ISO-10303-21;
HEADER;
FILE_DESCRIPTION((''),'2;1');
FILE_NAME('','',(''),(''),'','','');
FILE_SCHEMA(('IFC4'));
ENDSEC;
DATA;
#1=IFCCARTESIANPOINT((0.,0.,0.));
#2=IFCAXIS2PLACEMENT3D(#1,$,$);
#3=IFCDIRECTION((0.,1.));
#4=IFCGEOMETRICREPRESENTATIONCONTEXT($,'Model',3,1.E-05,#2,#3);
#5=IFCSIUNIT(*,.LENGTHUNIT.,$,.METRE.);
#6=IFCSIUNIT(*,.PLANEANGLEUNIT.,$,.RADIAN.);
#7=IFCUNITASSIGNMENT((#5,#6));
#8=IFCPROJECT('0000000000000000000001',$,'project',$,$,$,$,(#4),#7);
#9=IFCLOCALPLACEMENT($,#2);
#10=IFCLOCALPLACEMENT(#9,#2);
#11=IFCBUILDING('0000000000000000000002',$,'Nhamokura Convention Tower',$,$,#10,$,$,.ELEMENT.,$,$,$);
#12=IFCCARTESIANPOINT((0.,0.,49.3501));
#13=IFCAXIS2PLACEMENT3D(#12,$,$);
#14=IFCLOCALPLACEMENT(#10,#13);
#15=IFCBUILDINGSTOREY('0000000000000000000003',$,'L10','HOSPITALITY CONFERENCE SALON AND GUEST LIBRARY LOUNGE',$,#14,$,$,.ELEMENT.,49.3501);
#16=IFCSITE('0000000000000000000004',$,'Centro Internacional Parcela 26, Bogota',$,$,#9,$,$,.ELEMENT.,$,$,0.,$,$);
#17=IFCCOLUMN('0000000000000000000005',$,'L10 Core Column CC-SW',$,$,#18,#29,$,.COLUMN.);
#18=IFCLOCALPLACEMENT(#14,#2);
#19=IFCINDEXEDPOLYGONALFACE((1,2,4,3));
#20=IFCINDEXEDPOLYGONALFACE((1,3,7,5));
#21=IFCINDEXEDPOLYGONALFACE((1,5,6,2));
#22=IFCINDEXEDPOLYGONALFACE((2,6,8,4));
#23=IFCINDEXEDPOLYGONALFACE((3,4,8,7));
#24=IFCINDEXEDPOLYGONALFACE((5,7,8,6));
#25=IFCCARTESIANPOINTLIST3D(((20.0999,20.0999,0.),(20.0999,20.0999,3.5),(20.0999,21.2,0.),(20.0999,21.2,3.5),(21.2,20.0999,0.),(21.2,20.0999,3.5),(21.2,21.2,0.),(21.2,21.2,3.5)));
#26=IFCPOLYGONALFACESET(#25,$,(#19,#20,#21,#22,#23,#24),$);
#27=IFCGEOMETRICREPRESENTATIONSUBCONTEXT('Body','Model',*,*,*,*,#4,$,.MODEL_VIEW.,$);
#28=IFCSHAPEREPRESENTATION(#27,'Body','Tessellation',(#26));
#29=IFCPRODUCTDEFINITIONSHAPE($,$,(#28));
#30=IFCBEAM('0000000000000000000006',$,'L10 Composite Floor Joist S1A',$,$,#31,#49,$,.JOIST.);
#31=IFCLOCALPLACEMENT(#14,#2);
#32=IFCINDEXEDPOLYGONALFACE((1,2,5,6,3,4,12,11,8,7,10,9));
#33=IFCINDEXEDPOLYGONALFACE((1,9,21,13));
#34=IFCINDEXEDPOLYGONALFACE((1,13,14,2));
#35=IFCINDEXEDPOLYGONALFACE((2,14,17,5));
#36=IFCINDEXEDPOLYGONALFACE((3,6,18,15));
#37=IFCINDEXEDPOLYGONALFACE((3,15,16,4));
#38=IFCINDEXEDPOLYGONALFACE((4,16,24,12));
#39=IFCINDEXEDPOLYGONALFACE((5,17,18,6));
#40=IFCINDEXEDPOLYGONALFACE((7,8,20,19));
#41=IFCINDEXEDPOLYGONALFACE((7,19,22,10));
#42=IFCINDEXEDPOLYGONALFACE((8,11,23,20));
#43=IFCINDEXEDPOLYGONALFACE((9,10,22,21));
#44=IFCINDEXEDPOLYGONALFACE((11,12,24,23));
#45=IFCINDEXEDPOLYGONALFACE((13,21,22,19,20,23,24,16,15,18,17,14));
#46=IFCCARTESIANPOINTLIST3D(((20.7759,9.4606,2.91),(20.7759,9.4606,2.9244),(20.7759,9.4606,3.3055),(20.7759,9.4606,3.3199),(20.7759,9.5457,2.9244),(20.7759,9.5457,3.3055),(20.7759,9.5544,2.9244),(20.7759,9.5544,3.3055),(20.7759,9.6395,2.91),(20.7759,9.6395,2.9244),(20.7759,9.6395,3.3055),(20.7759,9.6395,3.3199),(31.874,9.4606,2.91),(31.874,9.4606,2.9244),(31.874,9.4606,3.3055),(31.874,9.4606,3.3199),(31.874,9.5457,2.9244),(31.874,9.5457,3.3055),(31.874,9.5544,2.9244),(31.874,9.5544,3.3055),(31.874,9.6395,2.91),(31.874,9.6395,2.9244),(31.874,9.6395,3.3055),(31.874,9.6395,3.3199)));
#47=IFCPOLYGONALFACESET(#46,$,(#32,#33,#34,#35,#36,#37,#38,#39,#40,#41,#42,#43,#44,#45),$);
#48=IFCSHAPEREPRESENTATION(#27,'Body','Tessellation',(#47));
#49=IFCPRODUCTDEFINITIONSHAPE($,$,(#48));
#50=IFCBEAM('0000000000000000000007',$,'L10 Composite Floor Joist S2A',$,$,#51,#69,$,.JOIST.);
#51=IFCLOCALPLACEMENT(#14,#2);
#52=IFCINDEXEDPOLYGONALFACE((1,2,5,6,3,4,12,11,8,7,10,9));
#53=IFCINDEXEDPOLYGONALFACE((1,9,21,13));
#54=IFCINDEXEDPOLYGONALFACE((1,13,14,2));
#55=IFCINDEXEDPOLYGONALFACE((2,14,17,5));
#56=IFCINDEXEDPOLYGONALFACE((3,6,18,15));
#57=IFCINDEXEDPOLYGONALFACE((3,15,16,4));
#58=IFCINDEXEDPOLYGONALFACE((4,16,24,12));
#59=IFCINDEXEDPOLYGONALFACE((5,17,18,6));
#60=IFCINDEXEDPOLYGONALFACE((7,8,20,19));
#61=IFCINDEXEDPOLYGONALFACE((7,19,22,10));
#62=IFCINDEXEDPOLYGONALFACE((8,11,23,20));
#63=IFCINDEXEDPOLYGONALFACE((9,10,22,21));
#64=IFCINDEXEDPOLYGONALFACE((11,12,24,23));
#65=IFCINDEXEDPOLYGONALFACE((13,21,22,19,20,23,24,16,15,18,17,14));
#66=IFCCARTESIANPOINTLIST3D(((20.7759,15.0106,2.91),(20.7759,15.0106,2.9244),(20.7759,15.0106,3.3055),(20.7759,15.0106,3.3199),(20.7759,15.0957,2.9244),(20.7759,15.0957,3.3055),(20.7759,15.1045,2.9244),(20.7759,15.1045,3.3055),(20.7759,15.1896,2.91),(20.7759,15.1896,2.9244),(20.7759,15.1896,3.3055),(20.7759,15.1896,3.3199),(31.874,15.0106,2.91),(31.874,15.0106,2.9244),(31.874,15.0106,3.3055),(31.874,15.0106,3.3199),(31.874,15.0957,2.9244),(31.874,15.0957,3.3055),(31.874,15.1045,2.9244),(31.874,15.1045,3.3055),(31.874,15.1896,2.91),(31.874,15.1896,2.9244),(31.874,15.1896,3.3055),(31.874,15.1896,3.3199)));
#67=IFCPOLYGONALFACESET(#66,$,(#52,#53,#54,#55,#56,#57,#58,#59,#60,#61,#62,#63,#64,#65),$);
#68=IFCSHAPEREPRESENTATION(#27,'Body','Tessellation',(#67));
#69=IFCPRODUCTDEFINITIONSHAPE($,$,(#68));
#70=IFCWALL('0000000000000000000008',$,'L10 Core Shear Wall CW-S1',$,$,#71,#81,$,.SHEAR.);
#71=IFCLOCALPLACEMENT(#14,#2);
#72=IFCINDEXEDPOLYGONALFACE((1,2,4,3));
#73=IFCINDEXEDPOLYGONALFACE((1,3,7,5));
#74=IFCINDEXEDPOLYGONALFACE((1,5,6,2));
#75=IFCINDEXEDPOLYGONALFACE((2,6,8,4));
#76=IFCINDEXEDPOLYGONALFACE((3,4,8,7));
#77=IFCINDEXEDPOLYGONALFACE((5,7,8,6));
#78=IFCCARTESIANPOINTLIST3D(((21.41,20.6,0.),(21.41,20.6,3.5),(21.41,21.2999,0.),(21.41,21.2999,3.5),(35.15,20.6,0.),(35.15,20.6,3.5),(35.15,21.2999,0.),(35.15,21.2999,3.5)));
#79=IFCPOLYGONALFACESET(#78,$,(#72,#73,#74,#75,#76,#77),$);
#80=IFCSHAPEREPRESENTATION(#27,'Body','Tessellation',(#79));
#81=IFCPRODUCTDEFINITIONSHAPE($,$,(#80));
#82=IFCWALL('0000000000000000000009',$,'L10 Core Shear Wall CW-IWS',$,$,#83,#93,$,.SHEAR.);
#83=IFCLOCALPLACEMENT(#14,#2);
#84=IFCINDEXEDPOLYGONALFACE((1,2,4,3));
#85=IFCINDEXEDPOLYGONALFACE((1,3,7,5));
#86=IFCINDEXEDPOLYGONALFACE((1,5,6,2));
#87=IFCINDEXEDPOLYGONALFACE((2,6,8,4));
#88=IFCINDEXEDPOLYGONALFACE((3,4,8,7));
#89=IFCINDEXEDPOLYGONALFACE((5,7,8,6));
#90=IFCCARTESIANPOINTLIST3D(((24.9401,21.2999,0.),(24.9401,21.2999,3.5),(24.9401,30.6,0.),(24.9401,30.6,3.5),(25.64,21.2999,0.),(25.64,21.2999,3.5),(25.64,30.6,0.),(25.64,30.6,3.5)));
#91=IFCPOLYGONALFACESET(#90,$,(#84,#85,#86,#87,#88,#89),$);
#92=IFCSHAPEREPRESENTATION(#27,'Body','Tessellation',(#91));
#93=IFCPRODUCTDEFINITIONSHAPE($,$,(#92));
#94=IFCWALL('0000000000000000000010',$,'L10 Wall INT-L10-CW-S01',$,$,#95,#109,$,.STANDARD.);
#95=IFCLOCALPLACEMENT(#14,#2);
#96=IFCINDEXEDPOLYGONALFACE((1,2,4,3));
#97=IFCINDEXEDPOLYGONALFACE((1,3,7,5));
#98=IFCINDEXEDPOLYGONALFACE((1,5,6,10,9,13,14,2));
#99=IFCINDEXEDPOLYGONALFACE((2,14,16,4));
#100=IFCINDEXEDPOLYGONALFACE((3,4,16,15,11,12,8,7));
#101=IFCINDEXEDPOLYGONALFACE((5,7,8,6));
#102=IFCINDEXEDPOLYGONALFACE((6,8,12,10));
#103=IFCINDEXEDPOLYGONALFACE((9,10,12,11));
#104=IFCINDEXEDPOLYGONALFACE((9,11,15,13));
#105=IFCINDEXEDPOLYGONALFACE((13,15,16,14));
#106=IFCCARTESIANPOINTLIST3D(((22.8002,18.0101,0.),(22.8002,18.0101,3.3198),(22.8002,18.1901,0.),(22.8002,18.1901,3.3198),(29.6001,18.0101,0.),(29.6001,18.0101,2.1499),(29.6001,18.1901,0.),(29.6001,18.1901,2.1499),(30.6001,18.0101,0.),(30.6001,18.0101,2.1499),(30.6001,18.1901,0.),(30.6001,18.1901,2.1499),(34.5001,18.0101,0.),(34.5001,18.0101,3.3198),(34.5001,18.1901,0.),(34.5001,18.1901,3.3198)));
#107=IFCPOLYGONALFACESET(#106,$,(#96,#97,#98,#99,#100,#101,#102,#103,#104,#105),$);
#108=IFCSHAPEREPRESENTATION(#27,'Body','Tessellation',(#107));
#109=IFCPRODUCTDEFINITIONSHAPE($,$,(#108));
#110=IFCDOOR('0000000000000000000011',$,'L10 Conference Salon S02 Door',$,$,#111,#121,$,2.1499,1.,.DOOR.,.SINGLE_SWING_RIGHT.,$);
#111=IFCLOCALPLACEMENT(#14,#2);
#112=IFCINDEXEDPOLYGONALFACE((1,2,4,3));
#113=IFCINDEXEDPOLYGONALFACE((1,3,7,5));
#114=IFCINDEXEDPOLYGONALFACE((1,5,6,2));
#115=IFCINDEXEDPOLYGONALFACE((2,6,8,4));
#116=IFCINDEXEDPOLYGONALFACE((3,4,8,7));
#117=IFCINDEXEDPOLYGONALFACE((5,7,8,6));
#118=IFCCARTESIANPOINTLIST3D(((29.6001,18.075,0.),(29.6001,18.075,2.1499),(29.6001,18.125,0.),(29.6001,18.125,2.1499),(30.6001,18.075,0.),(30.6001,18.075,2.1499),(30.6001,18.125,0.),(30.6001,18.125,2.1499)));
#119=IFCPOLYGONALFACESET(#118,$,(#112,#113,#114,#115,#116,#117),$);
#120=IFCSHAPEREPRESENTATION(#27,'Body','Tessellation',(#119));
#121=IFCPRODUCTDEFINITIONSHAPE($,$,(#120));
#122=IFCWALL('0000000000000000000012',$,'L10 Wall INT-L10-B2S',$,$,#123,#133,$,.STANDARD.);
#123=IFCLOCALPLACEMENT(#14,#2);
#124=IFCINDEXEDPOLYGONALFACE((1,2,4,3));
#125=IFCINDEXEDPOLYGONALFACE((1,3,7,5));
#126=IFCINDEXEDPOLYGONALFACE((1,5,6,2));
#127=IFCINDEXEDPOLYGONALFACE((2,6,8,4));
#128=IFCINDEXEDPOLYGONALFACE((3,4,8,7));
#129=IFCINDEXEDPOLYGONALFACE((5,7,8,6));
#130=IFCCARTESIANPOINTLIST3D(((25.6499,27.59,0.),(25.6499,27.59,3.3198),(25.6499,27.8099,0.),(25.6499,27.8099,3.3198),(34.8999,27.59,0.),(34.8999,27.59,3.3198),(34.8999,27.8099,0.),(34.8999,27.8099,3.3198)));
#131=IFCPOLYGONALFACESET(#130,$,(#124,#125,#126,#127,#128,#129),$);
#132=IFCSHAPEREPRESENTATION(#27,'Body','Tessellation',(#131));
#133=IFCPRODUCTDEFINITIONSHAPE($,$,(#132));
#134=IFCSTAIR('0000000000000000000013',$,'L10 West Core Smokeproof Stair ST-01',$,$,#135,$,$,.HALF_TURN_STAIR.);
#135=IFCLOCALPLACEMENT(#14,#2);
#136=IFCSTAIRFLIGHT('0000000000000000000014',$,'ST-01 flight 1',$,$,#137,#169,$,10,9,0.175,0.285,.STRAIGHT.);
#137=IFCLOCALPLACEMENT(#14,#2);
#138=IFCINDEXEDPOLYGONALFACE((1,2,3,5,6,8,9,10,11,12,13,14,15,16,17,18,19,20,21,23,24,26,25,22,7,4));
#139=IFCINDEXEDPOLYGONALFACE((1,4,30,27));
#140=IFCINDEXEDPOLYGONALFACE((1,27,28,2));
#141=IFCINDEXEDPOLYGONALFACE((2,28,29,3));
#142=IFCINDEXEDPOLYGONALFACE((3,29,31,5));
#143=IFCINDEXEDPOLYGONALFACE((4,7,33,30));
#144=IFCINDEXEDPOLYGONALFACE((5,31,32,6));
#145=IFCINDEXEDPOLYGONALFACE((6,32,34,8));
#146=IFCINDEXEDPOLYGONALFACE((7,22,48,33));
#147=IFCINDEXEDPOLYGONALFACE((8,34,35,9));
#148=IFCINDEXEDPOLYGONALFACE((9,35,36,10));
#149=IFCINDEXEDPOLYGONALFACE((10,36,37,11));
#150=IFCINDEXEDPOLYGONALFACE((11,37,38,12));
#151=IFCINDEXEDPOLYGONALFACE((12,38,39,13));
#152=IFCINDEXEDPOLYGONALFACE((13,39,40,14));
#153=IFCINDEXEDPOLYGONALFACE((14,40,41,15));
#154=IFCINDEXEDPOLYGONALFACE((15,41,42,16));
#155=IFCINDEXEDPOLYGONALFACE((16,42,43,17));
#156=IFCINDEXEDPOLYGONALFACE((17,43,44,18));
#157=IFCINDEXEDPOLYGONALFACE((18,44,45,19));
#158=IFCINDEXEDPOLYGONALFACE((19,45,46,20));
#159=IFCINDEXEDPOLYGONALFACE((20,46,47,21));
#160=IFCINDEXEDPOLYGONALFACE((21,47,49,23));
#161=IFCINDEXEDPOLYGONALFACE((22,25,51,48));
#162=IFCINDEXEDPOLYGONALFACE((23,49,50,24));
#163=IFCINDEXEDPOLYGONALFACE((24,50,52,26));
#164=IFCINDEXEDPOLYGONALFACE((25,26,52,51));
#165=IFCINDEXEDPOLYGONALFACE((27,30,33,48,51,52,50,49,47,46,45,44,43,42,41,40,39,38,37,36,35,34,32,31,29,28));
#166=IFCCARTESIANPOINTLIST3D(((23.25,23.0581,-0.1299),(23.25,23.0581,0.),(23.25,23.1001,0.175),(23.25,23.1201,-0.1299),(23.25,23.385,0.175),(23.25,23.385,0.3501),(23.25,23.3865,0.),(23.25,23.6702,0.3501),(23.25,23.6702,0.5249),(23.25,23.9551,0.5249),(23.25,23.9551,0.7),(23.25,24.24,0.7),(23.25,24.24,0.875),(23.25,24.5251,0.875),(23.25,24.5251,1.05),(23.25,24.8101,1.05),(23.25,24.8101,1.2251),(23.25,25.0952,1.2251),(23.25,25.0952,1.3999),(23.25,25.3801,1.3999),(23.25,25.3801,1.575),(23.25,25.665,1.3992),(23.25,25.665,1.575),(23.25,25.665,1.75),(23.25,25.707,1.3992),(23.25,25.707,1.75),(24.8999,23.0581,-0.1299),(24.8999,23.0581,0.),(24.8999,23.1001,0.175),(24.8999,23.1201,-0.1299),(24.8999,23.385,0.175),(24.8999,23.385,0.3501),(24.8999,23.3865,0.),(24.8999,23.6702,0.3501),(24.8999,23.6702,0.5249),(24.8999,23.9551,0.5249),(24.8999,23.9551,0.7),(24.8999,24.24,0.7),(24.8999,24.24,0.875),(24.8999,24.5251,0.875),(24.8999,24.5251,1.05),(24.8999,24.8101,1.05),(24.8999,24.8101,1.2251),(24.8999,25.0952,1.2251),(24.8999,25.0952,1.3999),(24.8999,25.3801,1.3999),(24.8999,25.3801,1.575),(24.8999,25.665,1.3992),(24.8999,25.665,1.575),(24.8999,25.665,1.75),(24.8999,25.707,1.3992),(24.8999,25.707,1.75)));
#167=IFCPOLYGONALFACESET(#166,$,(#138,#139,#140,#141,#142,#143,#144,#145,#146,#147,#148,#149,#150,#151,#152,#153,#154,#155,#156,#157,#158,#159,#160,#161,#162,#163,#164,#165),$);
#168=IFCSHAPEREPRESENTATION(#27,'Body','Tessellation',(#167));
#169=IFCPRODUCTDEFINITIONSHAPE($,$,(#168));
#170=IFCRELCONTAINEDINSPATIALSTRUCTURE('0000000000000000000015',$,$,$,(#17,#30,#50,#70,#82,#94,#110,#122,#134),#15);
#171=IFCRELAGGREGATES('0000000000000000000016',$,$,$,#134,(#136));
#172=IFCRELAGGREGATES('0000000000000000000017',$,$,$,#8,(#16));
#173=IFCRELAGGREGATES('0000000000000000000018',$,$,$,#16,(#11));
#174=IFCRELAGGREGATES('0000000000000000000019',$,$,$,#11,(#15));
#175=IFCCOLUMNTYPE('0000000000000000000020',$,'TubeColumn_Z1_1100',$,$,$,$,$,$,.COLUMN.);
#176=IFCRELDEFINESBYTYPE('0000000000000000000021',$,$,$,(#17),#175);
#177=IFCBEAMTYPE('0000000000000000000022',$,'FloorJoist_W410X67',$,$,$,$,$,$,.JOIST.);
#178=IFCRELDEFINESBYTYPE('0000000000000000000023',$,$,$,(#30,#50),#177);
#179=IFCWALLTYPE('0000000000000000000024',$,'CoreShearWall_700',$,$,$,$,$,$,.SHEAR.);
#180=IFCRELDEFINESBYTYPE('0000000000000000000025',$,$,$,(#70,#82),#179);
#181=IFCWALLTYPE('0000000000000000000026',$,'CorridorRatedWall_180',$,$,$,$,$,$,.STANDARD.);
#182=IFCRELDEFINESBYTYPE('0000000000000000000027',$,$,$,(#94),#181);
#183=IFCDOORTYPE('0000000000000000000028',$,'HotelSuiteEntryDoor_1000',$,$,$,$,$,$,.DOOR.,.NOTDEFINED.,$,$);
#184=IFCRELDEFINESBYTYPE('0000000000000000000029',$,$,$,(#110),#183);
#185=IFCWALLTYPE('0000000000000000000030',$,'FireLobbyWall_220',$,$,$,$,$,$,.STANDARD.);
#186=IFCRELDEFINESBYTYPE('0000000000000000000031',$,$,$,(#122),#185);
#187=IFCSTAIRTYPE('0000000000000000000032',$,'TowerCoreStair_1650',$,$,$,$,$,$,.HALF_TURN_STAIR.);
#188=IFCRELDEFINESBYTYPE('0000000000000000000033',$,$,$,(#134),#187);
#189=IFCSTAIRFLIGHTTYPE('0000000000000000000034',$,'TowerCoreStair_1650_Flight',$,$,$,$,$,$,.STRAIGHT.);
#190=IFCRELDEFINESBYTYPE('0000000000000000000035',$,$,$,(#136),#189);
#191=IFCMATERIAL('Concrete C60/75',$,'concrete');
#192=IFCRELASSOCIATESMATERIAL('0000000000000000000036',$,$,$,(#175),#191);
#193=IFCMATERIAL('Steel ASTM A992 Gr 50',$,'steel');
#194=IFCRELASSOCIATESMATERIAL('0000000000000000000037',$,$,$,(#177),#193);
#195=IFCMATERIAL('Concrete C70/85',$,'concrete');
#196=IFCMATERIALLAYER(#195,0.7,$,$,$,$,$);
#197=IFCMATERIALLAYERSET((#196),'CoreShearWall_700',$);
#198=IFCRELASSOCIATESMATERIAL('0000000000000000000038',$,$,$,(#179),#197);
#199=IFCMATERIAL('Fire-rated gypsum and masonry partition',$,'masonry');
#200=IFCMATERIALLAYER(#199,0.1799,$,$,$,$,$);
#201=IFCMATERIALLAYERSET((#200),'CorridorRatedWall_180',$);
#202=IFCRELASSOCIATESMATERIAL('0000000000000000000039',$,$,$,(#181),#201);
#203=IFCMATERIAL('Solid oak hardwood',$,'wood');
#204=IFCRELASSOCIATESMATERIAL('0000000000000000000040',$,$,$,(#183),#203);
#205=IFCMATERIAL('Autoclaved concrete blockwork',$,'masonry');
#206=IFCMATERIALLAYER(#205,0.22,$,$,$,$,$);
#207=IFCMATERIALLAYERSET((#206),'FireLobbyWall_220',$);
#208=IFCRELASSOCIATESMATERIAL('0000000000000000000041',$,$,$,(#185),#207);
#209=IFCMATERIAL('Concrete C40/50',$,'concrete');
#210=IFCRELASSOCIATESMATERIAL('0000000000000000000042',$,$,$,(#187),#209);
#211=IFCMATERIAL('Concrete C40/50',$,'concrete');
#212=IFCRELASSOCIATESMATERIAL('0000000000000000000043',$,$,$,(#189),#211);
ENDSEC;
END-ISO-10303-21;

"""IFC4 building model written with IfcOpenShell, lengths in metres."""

from ifc_helpers import new_model, si_unit, direction, frame, frame_2d, origin, origin_2d, place, context, subcontext, project, spatial, polyline, rectangle, i_section, outline, extrude, material, layer, layer_set, material_profile, profile_set, type_object, element, fill, aggregate, save


model = new_model("IFC4")

# Units and contexts
model_context = context("Model", 3, precision=1e-05, world=origin(), true_north=direction((0.0, 1.0)))
body_context = subcontext(model_context, "Body", "Model", "MODEL_VIEW")
ifc_project = project(units=[si_unit("LENGTHUNIT", "METRE"), si_unit("PLANEANGLEUNIT", "RADIAN")], contexts=[model_context])

# Site, building, storey
site_placement = place(None, origin())
site = spatial("IfcSite", under=ifc_project, at=site_placement, Name="Centro Internacional Parcela 26, Bogota", CompositionType="ELEMENT", RefElevation=0.0)
building_placement = place(site_placement, origin())
building = spatial("IfcBuilding", under=site, at=building_placement, Name="Nhamokura Convention Tower", CompositionType="ELEMENT")
storey_placement = place(building_placement, frame((0.0, 0.0, 49.3501)))
storey = spatial("IfcBuildingStorey", under=building, at=storey_placement, Name="L10", Description="HOSPITALITY CONFERENCE SALON AND GUEST LIBRARY LOUNGE", CompositionType="ELEMENT", Elevation=49.3501)

# Column
ifc_material_1 = material(Name="Concrete C60/75", Category="concrete")
ifc_material_profile_1 = material_profile(ifc_material_1, rectangle(XDim=1.1001, YDim=1.1001, at=origin_2d()))
ifc_profile_set_1 = profile_set([ifc_material_profile_1], Name="Concrete C60/75")
column_type = type_object("IfcColumnType", Name="TubeColumn_Z1_1100", PredefinedType="COLUMN", material=ifc_profile_set_1)
column_placement = place(storey_placement, frame((20.6499, 20.6499, 0.0), z_axis=(0.0, 0.0, 1.0), x_axis=(1.0, 0.0, 0.0)))
element("IfcColumn", 1, at=column_placement, inside=storey, type_object=column_type, Name="L10 Core Column CC-SW", PredefinedType="COLUMN", context=body_context, shape_type="SweptSolid", body=[
    extrude(rectangle(XDim=1.1001, YDim=1.1001, at=origin_2d()), origin(), (0.0, 0.0, 1.0), 3.5),
])

# Beams
ifc_material_2 = material(Name="Steel ASTM A992 Gr 50", Category="steel")
ifc_material_profile_2 = material_profile(ifc_material_2, i_section(OverallWidth=0.179, OverallDepth=0.4099, WebThickness=0.0088, FlangeThickness=0.0144, at=origin_2d()))
ifc_profile_set_2 = profile_set([ifc_material_profile_2], Name="Steel ASTM A992 Gr 50")
beam_type = type_object("IfcBeamType", Name="FloorJoist_W410X67", PredefinedType="JOIST", material=ifc_profile_set_2)
for number, where, z_axis, x_axis, name in (
    (2, (20.7759, 9.55, 3.115), (1.0, 0.0, 0.0), (0.0, 1.0, 0.0), "L10 Composite Floor Joist S1A"),
    (3, (20.7759, 15.1001, 3.115), (1.0, 0.0, 0.0), (0.0, 1.0, 0.0), "L10 Composite Floor Joist S2A"),
):
    element("IfcBeam", number, at=place(storey_placement, frame(where, z_axis=z_axis, x_axis=x_axis)), inside=storey, type_object=beam_type, Name=name, PredefinedType="JOIST", context=body_context, shape_type="SweptSolid", body=[
        extrude(i_section(OverallWidth=0.179, OverallDepth=0.4099, WebThickness=0.0088, FlangeThickness=0.0144, at=origin_2d()), origin(), (0.0, 0.0, 1.0), 11.0981),
    ])

# Shared definitions
ifc_material_3 = material(Name="Concrete C70/85", Category="concrete")
ifc_layer_1 = layer(ifc_material_3, 0.7)
ifc_layer_set_1 = layer_set([ifc_layer_1], Name="CoreShearWall_700")
wall_type_1 = type_object("IfcWallType", Name="CoreShearWall_700", PredefinedType="SHEAR", material=ifc_layer_set_1)

# Walls
wall_1_placement = place(storey_placement, frame((21.4099, 20.95, 0.0), z_axis=(0.0, 0.0, 1.0), x_axis=(1.0, 0.0, 0.0)))
element("IfcWall", 4, at=wall_1_placement, inside=storey, type_object=wall_type_1, Name="L10 Core Shear Wall CW-S1", PredefinedType="SHEAR", context=body_context, shape_type="SweptSolid", body=[
    extrude(rectangle(XDim=13.74, YDim=0.7, at=frame_2d((6.8701, 0.0))), origin(), (0.0, 0.0, 1.0), 3.5),
])
wall_2_placement = place(storey_placement, frame((25.29, 21.3, 0.0), z_axis=(0.0, 0.0, 1.0), x_axis=(0.0, 1.0, 0.0)))
element("IfcWall", 5, at=wall_2_placement, inside=storey, type_object=wall_type_1, Name="L10 Core Shear Wall CW-IWS", PredefinedType="SHEAR", context=body_context, shape_type="SweptSolid", body=[
    extrude(rectangle(XDim=9.3, YDim=0.7, at=frame_2d((4.6499, 0.0))), origin(), (0.0, 0.0, 1.0), 3.5),
])

# Wall, opening, door
ifc_material_4 = material(Name="Fire-rated gypsum and masonry partition", Category="masonry")
ifc_layer_2 = layer(ifc_material_4, 0.1799)
ifc_layer_set_2 = layer_set([ifc_layer_2], Name="CorridorRatedWall_180")
wall_type_2 = type_object("IfcWallType", Name="CorridorRatedWall_180", PredefinedType="STANDARD", material=ifc_layer_set_2)
wall_3_placement = place(storey_placement, frame((22.8, 18.1001, 0.0), z_axis=(0.0, 0.0, 1.0), x_axis=(1.0, 0.0, 0.0)))
wall_3 = element("IfcWall", 6, at=wall_3_placement, inside=storey, type_object=wall_type_2, Name="L10 Wall INT-L10-CW-S01", PredefinedType="STANDARD", context=body_context, shape_type="SweptSolid", body=[
    extrude(rectangle(XDim=11.7, YDim=0.1799, at=frame_2d((5.8501, 0.0))), origin(), (0.0, 0.0, 1.0), 3.3198),
])
opening_1_placement = place(wall_3_placement, frame((6.8, 0.0, 0.0)))
opening_1 = element("IfcOpeningElement", 7, at=opening_1_placement, cuts=wall_3, PredefinedType="OPENING", context=body_context, shape_type="SweptSolid", body=[
    extrude(rectangle(XDim=1.0, YDim=2.1499, at=frame_2d((0.5, 1.075))), frame((0.0, 0.0999, 0.0), z_axis=(0.0, -1.0, 0.0), x_axis=(1.0, 0.0, 0.0)), (0.0, 0.0, 1.0), 0.2),
])
ifc_material_5 = material(Name="Solid oak hardwood", Category="wood")
door_type_1 = type_object("IfcDoorType", Name="HotelSuiteEntryDoor_1000", OperationType="NOTDEFINED", PredefinedType="DOOR", material=ifc_material_5)
door_1_placement = place(opening_1_placement, origin())
door_1 = element("IfcDoor", 8, at=door_1_placement, inside=storey, type_object=door_type_1, Name="L10 Conference Salon S02 Door", OperationType="SINGLE_SWING_RIGHT", OverallHeight=2.1499, OverallWidth=1.0, PredefinedType="DOOR", context=body_context, shape_type="SweptSolid", body=[
    extrude(rectangle(XDim=1.0, YDim=2.1499, at=frame_2d((0.5, 1.075))), frame((0.0, 0.0249, 0.0), z_axis=(0.0, -1.0, 0.0), x_axis=(1.0, 0.0, 0.0)), (0.0, 0.0, 1.0), 0.05),
])
fill(opening_1, door_1)

# Shared definitions
ifc_material_6 = material(Name="Autoclaved concrete blockwork", Category="masonry")
ifc_layer_3 = layer(ifc_material_6, 0.22)
ifc_layer_set_3 = layer_set([ifc_layer_3], Name="FireLobbyWall_220")
wall_type_3 = type_object("IfcWallType", Name="FireLobbyWall_220", PredefinedType="STANDARD", material=ifc_layer_set_3)

# Wall
wall_4_placement = place(storey_placement, frame((25.6499, 27.7, 0.0), z_axis=(0.0, 0.0, 1.0), x_axis=(1.0, 0.0, 0.0)))
element("IfcWall", 9, at=wall_4_placement, inside=storey, type_object=wall_type_3, Name="L10 Wall INT-L10-B2S", PredefinedType="STANDARD", context=body_context, shape_type="SweptSolid", body=[
    extrude(rectangle(XDim=9.25, YDim=0.22, at=frame_2d((4.625, 0.0))), origin(), (0.0, 0.0, 1.0), 3.3198),
])

# Stair, stair flight
ifc_material_7 = material(Name="Concrete C40/50", Category="concrete")
stair_type = type_object("IfcStairType", Name="TowerCoreStair_1650", PredefinedType="HALF_TURN_STAIR", material=ifc_material_7)
stair_placement = place(storey_placement, origin())
stair = element("IfcStair", 10, at=stair_placement, inside=storey, type_object=stair_type, Name="L10 West Core Smokeproof Stair ST-01", PredefinedType="HALF_TURN_STAIR")
ifc_material_8 = material(Name="Concrete C40/50", Category="concrete")
stair_flight_type = type_object("IfcStairFlightType", Name="TowerCoreStair_1650_Flight", PredefinedType="STRAIGHT", material=ifc_material_8)
stair_flight_1_placement = place(storey_placement, frame((24.075, 23.1001, 0.0), z_axis=(0.0, 0.0, 1.0), x_axis=(0.0, 1.0, 0.0)))
stair_flight_1 = element("IfcStairFlight", 11, at=stair_flight_1_placement, type_object=stair_flight_type, Name="ST-01 flight 1", NumberOfRisers=10, NumberOfTreads=9, PredefinedType="STRAIGHT", RiserHeight=0.175, TreadLength=0.285, context=body_context, shape_type="SweptSolid", body=[
    extrude(outline(polyline([(-0.042, 0.0), (0.0, 0.175), (0.2849, 0.175), (0.2849, 0.3501), (0.5701, 0.3501), (0.5701, 0.5249), (0.855, 0.5249), (0.855, 0.7), (1.1399, 0.7), (1.1399, 0.875), (1.425, 0.875), (1.425, 1.05), (1.71, 1.05), (1.71, 1.2251), (1.9951, 1.2251), (1.9951, 1.3999), (2.28, 1.3999), (2.28, 1.575), (2.5649, 1.575), (2.5649, 1.75), (2.6069, 1.75), (2.6069, 1.3992), (2.5649, 1.3992), (0.2864, 0.0), (0.02, -0.1299), (-0.042, -0.1299), (-0.042, 0.0)])), frame((0.0, 0.825, 0.0), z_axis=(0.0, -1.0, 0.0), x_axis=(1.0, 0.0, 0.0)), (0.0, 0.0, 1.0), 1.6499),
])
aggregate(stair, [stair_flight_1])

save(model, "model.ifc")
